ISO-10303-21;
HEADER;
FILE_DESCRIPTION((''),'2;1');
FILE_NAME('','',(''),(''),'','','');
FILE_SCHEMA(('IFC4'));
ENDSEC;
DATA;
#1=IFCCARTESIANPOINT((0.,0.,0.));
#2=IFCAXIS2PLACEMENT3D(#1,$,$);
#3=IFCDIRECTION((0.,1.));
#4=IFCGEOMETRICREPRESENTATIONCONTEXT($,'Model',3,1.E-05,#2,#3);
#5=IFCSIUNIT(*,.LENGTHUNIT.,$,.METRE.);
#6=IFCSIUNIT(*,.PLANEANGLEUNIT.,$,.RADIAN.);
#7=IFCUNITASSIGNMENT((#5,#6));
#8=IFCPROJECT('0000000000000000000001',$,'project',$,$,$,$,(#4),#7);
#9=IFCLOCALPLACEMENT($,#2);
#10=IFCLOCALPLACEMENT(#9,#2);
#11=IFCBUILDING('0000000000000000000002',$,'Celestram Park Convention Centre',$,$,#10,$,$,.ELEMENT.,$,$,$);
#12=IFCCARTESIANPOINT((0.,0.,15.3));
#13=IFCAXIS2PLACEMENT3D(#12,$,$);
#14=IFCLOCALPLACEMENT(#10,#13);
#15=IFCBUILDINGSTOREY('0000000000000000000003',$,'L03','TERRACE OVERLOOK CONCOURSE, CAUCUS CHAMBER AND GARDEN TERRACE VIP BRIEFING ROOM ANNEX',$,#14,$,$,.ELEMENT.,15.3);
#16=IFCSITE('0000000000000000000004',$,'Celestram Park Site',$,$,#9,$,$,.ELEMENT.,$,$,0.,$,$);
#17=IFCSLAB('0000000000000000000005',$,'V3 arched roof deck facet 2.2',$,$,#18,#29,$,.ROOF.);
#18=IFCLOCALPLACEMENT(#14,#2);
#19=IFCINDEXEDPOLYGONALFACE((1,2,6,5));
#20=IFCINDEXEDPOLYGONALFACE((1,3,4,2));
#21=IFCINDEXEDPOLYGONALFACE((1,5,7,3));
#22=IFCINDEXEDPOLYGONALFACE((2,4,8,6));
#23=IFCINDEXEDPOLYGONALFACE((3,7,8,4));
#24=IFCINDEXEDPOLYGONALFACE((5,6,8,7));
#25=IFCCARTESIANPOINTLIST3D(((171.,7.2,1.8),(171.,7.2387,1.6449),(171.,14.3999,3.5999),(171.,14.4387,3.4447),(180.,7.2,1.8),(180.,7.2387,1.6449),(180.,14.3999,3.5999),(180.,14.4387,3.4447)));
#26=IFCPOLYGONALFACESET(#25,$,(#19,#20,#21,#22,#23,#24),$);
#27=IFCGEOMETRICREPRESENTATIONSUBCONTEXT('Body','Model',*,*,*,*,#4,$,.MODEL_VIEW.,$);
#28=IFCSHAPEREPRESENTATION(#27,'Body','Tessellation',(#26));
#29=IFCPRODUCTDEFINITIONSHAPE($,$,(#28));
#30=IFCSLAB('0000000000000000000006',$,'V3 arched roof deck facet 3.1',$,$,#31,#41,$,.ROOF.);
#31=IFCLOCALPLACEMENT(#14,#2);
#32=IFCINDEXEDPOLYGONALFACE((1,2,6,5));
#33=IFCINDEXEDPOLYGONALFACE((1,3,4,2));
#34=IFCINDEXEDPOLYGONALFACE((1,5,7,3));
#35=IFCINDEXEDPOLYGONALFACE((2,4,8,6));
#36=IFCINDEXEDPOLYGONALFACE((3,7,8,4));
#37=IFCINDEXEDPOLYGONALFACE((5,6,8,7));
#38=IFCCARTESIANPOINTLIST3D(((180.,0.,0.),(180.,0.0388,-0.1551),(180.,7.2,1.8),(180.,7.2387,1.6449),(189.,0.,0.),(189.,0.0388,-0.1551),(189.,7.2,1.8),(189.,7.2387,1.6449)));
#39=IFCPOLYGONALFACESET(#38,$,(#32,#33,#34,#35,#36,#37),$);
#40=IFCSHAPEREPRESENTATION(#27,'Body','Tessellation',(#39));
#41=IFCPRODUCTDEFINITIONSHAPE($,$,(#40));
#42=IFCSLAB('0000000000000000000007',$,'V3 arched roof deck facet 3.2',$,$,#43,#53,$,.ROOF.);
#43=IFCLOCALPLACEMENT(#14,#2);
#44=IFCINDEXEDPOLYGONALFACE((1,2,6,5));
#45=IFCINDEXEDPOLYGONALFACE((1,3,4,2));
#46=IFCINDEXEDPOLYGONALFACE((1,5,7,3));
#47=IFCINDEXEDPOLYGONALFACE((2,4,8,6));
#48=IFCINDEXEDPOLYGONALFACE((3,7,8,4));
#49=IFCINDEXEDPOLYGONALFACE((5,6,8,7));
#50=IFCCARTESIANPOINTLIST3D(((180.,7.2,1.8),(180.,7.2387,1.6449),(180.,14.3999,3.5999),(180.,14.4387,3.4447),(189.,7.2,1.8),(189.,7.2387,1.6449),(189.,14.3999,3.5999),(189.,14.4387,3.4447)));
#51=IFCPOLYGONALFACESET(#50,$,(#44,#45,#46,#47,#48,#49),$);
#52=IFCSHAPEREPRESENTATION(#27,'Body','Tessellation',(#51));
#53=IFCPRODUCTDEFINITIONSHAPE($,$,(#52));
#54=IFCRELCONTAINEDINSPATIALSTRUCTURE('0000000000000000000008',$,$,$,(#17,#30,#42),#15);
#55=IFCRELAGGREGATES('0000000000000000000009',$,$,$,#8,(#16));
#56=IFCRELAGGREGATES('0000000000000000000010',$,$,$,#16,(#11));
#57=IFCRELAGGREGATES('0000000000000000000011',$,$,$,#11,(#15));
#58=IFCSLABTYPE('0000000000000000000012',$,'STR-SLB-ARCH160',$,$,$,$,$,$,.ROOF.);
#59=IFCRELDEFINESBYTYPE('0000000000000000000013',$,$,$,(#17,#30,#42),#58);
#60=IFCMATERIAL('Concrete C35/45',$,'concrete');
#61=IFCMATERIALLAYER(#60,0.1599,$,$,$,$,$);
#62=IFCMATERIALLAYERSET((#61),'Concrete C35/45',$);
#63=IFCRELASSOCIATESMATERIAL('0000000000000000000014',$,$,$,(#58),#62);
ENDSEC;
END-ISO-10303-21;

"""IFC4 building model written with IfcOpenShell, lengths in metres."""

from ifc_helpers import new_model, si_unit, direction, frame, origin, place, context, subcontext, project, spatial, polyline, outline, extrude, material, layer, layer_set, type_object, element, save


model = new_model("IFC4")

# Units and contexts
model_context = context("Model", 3, precision=1e-05, world=origin(), true_north=direction((0.0, 1.0)))
body_context = subcontext(model_context, "Body", "Model", "MODEL_VIEW")
ifc_project = project(units=[si_unit("LENGTHUNIT", "METRE"), si_unit("PLANEANGLEUNIT", "RADIAN")], contexts=[model_context])

# Site, building, storey
site_placement = place(None, origin())
site = spatial("IfcSite", under=ifc_project, at=site_placement, Name="Celestram Park Site", CompositionType="ELEMENT", RefElevation=0.0)
building_placement = place(site_placement, origin())
building = spatial("IfcBuilding", under=site, at=building_placement, Name="Celestram Park Convention Centre", CompositionType="ELEMENT")
storey_placement = place(building_placement, frame((0.0, 0.0, 15.3)))
storey = spatial("IfcBuildingStorey", under=building, at=storey_placement, Name="L03", Description="TERRACE OVERLOOK CONCOURSE, CAUCUS CHAMBER AND GARDEN TERRACE VIP BRIEFING ROOM ANNEX", CompositionType="ELEMENT", Elevation=15.3)

# Slabs
ifc_material_1 = material(Name="Concrete C35/45", Category="concrete")
ifc_layer_1 = layer(ifc_material_1, 0.1599)
ifc_layer_set_1 = layer_set([ifc_layer_1], Name="Concrete C35/45")
slab_type = type_object("IfcSlabType", Name="STR-SLB-ARCH160", PredefinedType="ROOF", material=ifc_layer_set_1)
slab_1_placement = place(storey_placement, frame((171.0, 7.2, 1.8), z_axis=(0.0, -0.242512, 0.970148), x_axis=(1.0, 0.0, 0.0)))
element("IfcSlab", 1, at=slab_1_placement, inside=storey, type_object=slab_type, Name="V3 arched roof deck facet 2.2", PredefinedType="ROOF", context=body_context, shape_type="SweptSolid", body=[
    extrude(outline(polyline([(0.0, 0.0), (9.0, 0.0), (9.0, 7.4215), (0.0, 7.4215), (0.0, 0.0)])), origin(), (0.0, 0.0, -1.0), 0.1599),
])
slab_2_placement = place(storey_placement, frame((180.0, 0.0, 0.0), z_axis=(0.0, -0.242543, 0.970141), x_axis=(1.0, 0.0, 0.0)))
element("IfcSlab", 2, at=slab_2_placement, inside=storey, type_object=slab_type, Name="V3 arched roof deck facet 3.1", PredefinedType="ROOF", context=body_context, shape_type="SweptSolid", body=[
    extrude(outline(polyline([(0.0, 0.0), (9.0, 0.0), (9.0, 7.4216), (0.0, 7.4216), (0.0, 0.0)])), origin(), (0.0, 0.0, -1.0), 0.1599),
])
slab_3_placement = place(storey_placement, frame((180.0, 7.2, 1.8), z_axis=(0.0, -0.242512, 0.970148), x_axis=(1.0, 0.0, 0.0)))
element("IfcSlab", 3, at=slab_3_placement, inside=storey, type_object=slab_type, Name="V3 arched roof deck facet 3.2", PredefinedType="ROOF", context=body_context, shape_type="SweptSolid", body=[
    extrude(outline(polyline([(0.0, 0.0), (9.0, 0.0), (9.0, 7.4215), (0.0, 7.4215), (0.0, 0.0)])), origin(), (0.0, 0.0, -1.0), 0.1599),
])

save(model, "model.ifc")
